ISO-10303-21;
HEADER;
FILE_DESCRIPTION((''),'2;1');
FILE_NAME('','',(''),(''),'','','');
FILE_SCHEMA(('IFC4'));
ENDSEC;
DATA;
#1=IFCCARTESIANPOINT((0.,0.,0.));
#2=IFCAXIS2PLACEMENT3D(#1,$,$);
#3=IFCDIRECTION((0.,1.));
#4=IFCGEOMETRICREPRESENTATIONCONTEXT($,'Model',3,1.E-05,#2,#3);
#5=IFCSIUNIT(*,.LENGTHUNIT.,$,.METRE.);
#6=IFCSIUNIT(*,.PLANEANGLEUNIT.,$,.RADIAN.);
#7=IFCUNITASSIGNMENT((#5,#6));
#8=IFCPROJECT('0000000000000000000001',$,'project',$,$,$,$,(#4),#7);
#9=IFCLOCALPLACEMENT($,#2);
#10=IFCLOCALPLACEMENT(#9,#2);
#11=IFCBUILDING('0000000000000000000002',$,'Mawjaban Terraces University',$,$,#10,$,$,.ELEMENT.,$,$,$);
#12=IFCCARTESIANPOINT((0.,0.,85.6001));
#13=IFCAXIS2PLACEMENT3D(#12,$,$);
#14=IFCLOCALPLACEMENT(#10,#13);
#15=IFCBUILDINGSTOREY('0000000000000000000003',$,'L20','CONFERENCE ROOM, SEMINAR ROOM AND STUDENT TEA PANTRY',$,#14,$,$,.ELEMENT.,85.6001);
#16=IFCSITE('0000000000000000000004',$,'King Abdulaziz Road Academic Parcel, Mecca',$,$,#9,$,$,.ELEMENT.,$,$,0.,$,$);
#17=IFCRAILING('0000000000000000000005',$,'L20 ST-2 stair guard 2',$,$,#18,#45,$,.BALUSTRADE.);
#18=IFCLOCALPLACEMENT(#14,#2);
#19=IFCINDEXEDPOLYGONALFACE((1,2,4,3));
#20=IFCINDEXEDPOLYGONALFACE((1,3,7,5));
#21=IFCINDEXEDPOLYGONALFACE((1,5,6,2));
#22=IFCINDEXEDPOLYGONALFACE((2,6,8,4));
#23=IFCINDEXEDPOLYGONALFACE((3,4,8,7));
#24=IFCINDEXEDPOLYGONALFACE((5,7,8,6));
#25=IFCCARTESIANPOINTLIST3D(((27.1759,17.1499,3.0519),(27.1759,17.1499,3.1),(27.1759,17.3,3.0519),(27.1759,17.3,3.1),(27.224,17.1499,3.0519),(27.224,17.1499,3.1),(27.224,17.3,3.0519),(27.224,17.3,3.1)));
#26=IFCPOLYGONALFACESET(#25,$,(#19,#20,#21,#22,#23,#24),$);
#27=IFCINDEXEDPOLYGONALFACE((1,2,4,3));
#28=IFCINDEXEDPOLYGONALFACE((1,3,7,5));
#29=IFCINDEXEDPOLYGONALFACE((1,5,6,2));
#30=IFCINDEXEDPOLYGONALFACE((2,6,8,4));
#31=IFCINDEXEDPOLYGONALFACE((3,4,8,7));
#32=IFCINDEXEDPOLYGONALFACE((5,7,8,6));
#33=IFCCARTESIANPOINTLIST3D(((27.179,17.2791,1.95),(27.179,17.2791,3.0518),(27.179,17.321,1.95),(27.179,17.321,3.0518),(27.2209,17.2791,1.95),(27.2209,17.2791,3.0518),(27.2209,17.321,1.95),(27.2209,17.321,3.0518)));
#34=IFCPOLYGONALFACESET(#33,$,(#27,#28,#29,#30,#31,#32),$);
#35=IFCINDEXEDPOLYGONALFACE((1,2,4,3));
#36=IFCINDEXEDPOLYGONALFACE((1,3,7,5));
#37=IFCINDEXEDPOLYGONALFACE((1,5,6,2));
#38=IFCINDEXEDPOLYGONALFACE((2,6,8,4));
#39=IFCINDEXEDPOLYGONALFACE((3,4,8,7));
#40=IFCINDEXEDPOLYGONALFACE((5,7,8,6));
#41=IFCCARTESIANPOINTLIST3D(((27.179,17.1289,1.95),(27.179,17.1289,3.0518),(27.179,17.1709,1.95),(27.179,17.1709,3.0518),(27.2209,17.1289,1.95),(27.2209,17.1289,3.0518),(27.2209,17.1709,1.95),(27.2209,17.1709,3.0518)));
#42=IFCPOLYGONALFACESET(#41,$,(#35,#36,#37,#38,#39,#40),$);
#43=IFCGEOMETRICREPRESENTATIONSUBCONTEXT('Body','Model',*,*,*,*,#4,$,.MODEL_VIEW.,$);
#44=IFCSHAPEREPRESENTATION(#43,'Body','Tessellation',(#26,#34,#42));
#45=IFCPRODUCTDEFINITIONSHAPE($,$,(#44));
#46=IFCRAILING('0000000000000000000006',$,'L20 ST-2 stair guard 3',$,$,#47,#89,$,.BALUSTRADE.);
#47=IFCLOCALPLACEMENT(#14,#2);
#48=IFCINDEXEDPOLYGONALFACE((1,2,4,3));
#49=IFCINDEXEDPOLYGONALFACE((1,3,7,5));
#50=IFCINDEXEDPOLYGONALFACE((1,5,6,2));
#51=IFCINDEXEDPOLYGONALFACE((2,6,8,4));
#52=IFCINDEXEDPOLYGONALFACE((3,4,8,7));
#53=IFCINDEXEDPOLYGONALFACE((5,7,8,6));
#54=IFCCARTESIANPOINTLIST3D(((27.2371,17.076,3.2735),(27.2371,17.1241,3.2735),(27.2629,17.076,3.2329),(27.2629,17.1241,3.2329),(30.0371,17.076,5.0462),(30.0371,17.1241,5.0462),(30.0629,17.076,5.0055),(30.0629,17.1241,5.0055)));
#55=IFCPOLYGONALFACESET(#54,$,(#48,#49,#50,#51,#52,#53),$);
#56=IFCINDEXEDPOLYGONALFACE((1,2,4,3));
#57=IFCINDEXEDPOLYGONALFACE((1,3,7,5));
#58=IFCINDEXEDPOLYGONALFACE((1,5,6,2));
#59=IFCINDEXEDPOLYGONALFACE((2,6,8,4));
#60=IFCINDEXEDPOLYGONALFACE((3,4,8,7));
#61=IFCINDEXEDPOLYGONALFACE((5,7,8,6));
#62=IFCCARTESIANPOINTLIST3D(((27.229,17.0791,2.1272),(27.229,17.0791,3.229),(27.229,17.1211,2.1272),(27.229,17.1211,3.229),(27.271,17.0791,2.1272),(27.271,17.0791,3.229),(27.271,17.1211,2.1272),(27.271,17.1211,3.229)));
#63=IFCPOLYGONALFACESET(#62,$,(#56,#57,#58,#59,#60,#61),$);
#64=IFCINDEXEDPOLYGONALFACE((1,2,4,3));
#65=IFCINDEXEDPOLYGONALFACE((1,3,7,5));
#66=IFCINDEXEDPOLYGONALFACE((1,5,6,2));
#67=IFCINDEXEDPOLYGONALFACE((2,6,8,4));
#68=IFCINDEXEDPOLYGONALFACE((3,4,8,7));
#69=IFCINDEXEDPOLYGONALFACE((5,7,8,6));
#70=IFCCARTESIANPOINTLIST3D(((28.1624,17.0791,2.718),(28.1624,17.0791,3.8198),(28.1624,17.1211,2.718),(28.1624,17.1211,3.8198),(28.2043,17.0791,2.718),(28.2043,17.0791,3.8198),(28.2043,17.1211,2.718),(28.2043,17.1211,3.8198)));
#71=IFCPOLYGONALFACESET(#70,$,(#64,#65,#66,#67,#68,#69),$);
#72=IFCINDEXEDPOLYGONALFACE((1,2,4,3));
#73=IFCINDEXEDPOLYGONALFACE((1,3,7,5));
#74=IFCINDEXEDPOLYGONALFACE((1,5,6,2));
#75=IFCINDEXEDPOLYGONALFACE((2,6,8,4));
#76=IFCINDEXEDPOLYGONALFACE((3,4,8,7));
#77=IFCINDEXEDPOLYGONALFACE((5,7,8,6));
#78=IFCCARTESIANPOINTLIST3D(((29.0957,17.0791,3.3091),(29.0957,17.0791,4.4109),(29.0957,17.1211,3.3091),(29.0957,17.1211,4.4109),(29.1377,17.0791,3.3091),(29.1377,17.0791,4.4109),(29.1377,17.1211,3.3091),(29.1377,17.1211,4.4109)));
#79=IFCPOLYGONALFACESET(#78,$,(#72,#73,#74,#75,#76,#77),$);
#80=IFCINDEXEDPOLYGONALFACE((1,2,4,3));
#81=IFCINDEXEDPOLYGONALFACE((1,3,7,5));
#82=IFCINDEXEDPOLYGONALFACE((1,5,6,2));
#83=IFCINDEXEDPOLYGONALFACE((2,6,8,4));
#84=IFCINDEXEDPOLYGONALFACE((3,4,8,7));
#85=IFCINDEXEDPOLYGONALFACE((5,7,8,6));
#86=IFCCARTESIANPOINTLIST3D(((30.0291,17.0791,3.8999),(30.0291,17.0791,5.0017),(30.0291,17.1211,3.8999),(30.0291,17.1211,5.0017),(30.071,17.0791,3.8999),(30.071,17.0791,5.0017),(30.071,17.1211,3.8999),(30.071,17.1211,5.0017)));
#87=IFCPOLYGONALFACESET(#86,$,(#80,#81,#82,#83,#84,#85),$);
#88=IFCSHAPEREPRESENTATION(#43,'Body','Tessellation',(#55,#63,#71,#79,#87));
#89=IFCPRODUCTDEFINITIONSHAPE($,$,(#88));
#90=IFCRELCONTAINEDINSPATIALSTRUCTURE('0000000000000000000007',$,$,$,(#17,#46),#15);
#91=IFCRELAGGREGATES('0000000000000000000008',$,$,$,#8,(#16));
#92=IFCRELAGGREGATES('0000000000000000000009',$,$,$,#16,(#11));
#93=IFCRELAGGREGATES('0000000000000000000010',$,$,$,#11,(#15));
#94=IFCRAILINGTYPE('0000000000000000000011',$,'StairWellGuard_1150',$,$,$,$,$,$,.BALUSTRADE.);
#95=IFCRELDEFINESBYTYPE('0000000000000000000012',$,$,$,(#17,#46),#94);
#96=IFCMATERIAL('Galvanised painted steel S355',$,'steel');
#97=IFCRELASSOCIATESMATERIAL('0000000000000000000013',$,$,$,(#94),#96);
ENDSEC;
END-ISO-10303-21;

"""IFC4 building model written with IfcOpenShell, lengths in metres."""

from ifc_helpers import new_model, si_unit, direction, frame, origin, origin_2d, place, context, subcontext, project, spatial, rectangle, extrude, material, type_object, element, save


model = new_model("IFC4")

# Units and contexts
model_context = context("Model", 3, precision=1e-05, world=origin(), true_north=direction((0.0, 1.0)))
body_context = subcontext(model_context, "Body", "Model", "MODEL_VIEW")
ifc_project = project(units=[si_unit("LENGTHUNIT", "METRE"), si_unit("PLANEANGLEUNIT", "RADIAN")], contexts=[model_context])

# Site, building, storey
site_placement = place(None, origin())
site = spatial("IfcSite", under=ifc_project, at=site_placement, Name="King Abdulaziz Road Academic Parcel, Mecca", CompositionType="ELEMENT", RefElevation=0.0)
building_placement = place(site_placement, origin())
building = spatial("IfcBuilding", under=site, at=building_placement, Name="Mawjaban Terraces University", CompositionType="ELEMENT")
storey_placement = place(building_placement, frame((0.0, 0.0, 85.6001)))
storey = spatial("IfcBuildingStorey", under=building, at=storey_placement, Name="L20", Description="CONFERENCE ROOM, SEMINAR ROOM AND STUDENT TEA PANTRY", CompositionType="ELEMENT", Elevation=85.6001)

# Railings
ifc_material_1 = material(Name="Galvanised painted steel S355", Category="steel")
railing_type_1 = type_object("IfcRailingType", Name="StairWellGuard_1150", PredefinedType="BALUSTRADE", material=ifc_material_1)
railing_1_placement = place(storey_placement, frame((27.2, 17.3, 1.95)))
element("IfcRailing", 1, at=railing_1_placement, inside=storey, type_object=railing_type_1, Name="L20 ST-2 stair guard 2", PredefinedType="BALUSTRADE", context=body_context, shape_type="SweptSolid", body=[
    extrude(rectangle(XDim=0.0481, YDim=0.0481, at=origin_2d()), frame((0.0, 0.0, 1.126), z_axis=(0.0, -1.0, 0.0), x_axis=(1.0, 0.0, 0.0)), (0.0, 0.0, 1.0), 0.1501),
    extrude(rectangle(XDim=0.042, YDim=0.042, at=origin_2d()), origin(), (0.0, 0.0, 1.0), 1.1018),
    extrude(rectangle(XDim=0.042, YDim=0.042, at=origin_2d()), frame((0.0, -0.1501, 0.0)), (0.0, 0.0, 1.0), 1.1018),
])
railing_2_placement = place(storey_placement, frame((27.25, 17.1001, 2.1272)))
element("IfcRailing", 2, at=railing_2_placement, inside=storey, type_object=railing_type_1, Name="L20 ST-2 stair guard 3", PredefinedType="BALUSTRADE", context=body_context, shape_type="SweptSolid", body=[
    extrude(rectangle(XDim=0.0481, YDim=0.0481, at=origin_2d()), frame((0.0, 0.0, 1.126), z_axis=(0.844909, 0.0, 0.53491), x_axis=(0.0, 1.0, 0.0)), (0.0, 0.0, 1.0), 3.314),
    extrude(rectangle(XDim=0.042, YDim=0.042, at=origin_2d()), origin(), (0.0, 0.0, 1.0), 1.1018),
    extrude(rectangle(XDim=0.042, YDim=0.042, at=origin_2d()), frame((0.9333, 0.0, 0.5908)), (0.0, 0.0, 1.0), 1.1018),
    extrude(rectangle(XDim=0.042, YDim=0.042, at=origin_2d()), frame((1.8667, 0.0, 1.1819)), (0.0, 0.0, 1.0), 1.1018),
    extrude(rectangle(XDim=0.042, YDim=0.042, at=origin_2d()), frame((2.8, 0.0, 1.7727)), (0.0, 0.0, 1.0), 1.1018),
])

save(model, "model.ifc")
